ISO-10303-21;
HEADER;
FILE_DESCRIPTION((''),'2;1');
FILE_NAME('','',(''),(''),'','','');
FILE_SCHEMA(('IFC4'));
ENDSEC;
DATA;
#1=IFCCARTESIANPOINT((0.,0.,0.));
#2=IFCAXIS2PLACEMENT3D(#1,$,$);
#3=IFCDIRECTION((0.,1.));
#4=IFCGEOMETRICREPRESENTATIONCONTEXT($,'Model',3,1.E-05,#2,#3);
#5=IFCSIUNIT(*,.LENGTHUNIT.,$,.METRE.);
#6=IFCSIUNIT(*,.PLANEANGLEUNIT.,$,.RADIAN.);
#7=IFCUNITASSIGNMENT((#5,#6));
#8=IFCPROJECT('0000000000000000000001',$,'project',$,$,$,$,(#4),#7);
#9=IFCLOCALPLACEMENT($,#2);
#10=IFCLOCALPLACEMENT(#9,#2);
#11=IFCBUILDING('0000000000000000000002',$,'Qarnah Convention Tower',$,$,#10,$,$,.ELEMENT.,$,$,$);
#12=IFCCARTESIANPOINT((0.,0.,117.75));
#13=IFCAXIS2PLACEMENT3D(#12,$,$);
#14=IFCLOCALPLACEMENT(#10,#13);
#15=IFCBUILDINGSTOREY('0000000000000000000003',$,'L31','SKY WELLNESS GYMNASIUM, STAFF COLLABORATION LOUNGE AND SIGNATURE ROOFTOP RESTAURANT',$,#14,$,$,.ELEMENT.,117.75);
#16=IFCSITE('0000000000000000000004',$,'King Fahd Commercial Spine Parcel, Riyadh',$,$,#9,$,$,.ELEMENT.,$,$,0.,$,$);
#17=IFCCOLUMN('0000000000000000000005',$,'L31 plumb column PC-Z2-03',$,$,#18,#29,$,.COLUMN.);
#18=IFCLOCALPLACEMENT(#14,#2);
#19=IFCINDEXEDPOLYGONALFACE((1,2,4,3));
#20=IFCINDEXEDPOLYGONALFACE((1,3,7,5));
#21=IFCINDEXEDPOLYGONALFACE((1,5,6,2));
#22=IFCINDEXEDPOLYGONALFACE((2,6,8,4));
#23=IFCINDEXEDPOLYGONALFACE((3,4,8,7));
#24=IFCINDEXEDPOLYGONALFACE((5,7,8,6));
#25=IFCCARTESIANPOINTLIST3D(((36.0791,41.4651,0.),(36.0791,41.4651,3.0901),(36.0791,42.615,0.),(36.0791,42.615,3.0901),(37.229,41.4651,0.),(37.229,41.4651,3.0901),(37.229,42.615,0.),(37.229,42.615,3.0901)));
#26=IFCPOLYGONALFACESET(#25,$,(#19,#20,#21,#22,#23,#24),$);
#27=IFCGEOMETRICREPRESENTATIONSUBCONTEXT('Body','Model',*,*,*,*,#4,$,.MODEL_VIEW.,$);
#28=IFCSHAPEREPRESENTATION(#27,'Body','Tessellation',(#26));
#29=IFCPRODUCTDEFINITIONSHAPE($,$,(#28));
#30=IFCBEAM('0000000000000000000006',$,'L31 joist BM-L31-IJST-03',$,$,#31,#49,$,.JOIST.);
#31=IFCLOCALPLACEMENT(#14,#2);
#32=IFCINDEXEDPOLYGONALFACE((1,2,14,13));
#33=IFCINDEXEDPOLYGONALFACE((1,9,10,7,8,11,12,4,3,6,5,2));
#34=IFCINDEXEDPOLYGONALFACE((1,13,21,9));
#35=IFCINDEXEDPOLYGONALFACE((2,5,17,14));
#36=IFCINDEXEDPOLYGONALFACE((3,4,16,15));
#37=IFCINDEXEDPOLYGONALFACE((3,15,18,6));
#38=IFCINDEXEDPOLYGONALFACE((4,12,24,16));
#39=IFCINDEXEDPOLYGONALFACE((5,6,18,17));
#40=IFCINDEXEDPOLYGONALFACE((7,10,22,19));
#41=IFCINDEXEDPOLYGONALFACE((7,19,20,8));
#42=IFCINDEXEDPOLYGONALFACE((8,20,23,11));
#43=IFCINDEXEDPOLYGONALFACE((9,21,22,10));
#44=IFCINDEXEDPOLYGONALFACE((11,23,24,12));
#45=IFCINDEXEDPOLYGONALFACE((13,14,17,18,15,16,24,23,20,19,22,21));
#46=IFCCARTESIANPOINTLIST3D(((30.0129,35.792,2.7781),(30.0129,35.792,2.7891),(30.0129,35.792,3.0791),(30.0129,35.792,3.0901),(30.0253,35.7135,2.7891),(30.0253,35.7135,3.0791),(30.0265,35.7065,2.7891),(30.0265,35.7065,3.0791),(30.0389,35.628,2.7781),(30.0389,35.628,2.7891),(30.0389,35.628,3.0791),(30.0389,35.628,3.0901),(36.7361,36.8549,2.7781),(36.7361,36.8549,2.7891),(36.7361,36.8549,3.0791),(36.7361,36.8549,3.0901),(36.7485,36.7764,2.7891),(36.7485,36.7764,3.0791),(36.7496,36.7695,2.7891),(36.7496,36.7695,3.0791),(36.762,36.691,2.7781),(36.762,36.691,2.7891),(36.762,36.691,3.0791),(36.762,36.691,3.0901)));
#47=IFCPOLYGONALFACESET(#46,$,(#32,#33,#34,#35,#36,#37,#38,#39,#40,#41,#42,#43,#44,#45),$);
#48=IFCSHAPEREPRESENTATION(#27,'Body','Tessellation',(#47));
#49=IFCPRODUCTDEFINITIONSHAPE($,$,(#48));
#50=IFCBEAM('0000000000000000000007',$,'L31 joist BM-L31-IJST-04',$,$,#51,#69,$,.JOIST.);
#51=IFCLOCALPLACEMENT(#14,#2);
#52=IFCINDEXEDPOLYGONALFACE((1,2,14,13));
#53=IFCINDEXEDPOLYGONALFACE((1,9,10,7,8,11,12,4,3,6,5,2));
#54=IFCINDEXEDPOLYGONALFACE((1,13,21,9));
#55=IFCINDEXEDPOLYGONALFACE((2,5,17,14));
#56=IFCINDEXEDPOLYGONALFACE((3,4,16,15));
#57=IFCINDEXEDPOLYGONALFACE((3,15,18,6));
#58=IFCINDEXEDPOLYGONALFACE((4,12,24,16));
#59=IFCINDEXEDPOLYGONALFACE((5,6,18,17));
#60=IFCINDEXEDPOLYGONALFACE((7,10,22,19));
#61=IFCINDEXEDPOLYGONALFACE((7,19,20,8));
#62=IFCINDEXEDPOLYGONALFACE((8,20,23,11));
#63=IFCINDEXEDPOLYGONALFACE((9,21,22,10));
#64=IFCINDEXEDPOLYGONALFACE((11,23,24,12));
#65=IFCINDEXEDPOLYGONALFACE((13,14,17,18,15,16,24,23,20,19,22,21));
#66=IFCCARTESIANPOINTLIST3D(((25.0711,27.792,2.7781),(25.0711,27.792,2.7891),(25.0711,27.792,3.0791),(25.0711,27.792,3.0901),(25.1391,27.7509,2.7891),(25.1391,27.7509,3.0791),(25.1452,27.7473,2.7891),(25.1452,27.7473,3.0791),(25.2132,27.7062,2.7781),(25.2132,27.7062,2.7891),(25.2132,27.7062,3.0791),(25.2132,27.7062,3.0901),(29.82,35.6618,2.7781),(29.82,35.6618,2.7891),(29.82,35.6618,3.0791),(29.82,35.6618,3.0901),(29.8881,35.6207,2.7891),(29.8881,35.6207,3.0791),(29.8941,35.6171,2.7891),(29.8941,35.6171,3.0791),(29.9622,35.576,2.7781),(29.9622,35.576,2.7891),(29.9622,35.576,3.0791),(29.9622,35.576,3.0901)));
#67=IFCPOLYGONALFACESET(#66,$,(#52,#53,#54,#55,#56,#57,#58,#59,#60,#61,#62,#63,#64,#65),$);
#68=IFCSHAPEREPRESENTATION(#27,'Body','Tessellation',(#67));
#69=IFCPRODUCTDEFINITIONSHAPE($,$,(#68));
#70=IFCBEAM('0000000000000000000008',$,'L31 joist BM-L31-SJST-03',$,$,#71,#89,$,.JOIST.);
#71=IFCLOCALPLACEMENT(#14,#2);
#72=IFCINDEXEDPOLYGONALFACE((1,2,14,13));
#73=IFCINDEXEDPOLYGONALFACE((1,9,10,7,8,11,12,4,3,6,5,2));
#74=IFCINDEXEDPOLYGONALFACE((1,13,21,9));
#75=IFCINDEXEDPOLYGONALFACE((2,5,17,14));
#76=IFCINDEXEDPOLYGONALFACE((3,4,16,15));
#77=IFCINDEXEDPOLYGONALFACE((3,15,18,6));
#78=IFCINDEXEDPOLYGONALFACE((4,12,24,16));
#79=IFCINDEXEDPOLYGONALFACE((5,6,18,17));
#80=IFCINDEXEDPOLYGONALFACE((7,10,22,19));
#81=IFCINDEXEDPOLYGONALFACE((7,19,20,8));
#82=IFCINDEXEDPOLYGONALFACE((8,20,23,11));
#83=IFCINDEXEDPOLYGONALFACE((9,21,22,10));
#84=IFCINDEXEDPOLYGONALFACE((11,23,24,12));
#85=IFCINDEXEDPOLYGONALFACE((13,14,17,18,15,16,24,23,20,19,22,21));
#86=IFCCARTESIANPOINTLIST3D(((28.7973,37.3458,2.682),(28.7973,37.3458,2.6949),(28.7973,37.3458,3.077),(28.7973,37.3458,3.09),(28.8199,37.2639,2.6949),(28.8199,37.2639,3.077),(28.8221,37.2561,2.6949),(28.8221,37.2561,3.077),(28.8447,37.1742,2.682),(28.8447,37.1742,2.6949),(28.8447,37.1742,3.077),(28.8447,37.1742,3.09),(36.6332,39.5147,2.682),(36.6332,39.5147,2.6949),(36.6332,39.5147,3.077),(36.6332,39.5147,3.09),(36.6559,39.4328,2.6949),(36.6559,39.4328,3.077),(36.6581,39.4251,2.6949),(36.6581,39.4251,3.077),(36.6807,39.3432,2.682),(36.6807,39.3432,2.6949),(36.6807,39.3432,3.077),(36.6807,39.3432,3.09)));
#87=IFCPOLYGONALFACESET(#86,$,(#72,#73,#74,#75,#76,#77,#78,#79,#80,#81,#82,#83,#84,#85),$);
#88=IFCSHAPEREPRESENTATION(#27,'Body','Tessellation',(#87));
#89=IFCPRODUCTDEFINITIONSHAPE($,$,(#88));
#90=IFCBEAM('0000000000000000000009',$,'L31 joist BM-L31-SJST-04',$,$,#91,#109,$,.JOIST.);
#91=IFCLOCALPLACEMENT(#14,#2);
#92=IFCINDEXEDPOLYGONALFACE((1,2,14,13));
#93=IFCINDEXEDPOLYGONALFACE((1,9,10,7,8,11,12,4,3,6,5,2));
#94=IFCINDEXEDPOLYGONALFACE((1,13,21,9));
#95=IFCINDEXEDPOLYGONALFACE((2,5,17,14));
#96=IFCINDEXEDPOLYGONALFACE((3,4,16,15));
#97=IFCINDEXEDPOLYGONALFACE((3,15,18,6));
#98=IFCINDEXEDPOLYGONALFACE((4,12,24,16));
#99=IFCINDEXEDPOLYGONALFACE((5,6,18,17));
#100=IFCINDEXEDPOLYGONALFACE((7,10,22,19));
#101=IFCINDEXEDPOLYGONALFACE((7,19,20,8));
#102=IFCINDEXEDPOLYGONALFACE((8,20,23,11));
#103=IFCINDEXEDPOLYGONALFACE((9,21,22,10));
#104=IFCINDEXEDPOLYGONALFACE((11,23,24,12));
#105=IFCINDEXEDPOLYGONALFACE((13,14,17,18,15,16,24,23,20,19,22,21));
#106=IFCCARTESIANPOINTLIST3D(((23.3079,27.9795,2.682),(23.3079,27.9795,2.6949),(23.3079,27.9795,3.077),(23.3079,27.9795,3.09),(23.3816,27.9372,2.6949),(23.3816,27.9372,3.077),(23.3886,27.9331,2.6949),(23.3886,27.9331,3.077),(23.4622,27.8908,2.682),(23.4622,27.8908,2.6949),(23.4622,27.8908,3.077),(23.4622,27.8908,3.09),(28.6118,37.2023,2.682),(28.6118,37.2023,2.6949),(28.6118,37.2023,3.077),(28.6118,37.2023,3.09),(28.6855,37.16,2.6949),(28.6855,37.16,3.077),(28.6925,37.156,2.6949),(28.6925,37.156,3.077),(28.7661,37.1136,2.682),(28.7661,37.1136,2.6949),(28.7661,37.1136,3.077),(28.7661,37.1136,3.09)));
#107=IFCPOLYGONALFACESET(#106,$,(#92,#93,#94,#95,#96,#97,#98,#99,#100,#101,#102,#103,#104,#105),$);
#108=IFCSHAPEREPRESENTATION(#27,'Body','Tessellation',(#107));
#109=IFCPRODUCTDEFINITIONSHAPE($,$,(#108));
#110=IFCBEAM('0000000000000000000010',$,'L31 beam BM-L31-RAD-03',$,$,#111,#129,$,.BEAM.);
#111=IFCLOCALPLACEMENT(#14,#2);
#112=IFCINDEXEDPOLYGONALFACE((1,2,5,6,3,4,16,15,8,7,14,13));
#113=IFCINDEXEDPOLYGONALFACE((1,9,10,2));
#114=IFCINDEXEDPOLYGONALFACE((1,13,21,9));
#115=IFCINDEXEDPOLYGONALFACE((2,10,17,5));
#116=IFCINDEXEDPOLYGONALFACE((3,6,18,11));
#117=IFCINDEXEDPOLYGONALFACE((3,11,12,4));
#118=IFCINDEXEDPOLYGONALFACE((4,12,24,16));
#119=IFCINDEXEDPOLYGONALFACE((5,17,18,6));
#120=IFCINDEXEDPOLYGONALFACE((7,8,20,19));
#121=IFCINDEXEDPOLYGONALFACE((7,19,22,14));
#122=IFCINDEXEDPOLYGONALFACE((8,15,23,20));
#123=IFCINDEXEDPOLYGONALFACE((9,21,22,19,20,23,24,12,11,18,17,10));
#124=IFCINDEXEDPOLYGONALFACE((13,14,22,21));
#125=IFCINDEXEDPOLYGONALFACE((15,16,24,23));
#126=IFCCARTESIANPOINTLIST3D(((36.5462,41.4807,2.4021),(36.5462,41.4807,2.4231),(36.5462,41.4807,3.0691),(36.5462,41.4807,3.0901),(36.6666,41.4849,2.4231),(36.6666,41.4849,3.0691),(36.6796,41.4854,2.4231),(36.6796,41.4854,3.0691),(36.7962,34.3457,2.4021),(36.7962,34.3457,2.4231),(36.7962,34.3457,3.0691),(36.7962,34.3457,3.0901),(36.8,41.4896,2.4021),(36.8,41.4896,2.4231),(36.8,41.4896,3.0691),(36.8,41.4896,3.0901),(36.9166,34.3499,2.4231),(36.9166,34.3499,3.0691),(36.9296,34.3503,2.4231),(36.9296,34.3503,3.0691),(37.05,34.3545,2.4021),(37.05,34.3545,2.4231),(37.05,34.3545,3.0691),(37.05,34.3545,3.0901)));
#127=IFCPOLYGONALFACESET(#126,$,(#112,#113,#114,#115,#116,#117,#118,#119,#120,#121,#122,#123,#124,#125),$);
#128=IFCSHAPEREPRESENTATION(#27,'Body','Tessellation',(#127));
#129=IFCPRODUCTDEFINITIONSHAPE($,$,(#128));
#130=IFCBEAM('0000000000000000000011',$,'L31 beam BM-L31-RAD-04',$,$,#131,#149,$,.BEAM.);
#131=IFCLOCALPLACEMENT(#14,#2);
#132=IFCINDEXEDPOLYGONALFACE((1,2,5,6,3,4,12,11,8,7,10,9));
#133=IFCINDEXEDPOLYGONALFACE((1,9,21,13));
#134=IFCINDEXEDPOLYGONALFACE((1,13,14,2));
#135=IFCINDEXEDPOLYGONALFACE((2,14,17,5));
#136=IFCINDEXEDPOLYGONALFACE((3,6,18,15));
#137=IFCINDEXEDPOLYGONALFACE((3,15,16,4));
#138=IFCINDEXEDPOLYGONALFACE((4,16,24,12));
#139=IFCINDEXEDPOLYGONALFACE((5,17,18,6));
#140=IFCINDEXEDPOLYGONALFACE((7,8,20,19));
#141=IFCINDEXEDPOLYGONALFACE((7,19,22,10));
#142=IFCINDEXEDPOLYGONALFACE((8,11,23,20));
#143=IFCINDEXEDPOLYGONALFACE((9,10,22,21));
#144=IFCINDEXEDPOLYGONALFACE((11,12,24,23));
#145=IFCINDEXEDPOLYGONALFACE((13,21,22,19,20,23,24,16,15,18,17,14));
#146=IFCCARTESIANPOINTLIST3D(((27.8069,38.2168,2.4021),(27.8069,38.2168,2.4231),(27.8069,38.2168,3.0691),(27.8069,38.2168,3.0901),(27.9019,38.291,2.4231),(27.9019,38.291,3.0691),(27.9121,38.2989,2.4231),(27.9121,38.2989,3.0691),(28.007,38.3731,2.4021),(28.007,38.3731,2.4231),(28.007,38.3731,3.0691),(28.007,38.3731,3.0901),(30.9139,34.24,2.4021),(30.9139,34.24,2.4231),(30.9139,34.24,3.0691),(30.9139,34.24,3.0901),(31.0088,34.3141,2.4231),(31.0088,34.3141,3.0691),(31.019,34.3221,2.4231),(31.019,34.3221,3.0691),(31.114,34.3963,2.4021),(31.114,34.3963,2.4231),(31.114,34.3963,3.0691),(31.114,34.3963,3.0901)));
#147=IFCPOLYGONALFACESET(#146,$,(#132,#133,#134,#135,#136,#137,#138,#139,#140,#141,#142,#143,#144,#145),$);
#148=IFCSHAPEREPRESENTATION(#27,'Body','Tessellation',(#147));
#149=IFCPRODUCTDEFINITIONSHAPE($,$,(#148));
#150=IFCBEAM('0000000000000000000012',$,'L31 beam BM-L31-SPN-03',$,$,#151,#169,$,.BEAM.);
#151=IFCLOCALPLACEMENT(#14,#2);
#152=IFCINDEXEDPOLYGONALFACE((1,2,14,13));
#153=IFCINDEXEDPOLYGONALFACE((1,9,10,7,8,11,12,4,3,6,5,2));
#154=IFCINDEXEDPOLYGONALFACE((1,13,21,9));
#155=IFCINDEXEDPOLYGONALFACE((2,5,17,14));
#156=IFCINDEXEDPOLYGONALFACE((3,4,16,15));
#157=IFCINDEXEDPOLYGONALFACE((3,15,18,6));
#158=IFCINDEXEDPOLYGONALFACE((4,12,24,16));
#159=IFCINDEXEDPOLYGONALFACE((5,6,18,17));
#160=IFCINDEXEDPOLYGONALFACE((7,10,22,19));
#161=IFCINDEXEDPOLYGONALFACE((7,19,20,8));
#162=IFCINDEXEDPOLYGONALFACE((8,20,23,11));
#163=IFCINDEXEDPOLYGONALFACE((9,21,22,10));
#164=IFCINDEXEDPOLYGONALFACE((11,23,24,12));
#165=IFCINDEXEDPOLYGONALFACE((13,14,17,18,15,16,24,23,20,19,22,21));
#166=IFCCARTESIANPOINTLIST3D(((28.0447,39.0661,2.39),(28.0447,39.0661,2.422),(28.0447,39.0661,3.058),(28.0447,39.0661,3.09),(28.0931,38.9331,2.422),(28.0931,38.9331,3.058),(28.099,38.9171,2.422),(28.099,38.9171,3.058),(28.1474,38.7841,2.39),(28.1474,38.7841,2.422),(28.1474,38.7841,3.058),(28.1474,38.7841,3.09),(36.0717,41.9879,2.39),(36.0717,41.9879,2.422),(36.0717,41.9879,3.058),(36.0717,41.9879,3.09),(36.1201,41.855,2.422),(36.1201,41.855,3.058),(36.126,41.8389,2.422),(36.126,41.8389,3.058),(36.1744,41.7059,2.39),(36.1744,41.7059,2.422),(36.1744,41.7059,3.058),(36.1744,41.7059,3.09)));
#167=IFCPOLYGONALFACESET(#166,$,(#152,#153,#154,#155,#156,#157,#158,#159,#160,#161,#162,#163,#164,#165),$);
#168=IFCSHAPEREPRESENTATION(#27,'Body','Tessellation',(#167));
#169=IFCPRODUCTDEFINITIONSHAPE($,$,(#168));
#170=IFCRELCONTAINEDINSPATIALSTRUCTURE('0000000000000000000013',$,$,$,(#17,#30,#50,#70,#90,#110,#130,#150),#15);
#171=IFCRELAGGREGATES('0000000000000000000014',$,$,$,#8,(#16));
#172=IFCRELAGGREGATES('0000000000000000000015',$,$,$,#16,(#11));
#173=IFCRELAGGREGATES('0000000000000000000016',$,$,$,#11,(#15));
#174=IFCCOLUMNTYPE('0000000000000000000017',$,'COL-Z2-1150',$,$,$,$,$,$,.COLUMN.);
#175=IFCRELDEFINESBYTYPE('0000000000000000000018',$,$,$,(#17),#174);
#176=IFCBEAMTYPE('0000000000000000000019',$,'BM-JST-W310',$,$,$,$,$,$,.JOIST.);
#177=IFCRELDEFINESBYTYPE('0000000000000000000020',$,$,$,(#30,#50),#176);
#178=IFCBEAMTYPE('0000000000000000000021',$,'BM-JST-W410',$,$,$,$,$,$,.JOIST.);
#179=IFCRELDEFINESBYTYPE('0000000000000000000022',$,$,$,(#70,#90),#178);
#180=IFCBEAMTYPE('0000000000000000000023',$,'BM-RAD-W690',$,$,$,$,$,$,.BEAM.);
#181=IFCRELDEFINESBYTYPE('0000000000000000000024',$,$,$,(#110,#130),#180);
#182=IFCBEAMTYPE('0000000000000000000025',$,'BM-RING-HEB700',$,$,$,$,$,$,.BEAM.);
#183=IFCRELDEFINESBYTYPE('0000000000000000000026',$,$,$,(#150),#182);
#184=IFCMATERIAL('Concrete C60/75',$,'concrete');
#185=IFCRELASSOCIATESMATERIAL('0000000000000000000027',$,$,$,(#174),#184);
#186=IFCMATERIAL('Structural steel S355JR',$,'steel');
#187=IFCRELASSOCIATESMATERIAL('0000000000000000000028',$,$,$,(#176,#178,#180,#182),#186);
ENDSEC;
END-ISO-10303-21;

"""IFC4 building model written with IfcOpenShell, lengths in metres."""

from ifc_helpers import new_model, si_unit, direction, frame, origin, origin_2d, place, context, subcontext, project, spatial, rectangle, i_section, extrude, material, material_profile, profile_set, type_object, element, save


model = new_model("IFC4")

# Units and contexts
model_context = context("Model", 3, precision=1e-05, world=origin(), true_north=direction((0.0, 1.0)))
body_context = subcontext(model_context, "Body", "Model", "MODEL_VIEW")
ifc_project = project(units=[si_unit("LENGTHUNIT", "METRE"), si_unit("PLANEANGLEUNIT", "RADIAN")], contexts=[model_context])

# Site, building, storey
site_placement = place(None, origin())
site = spatial("IfcSite", under=ifc_project, at=site_placement, Name="King Fahd Commercial Spine Parcel, Riyadh", CompositionType="ELEMENT", RefElevation=0.0)
building_placement = place(site_placement, origin())
building = spatial("IfcBuilding", under=site, at=building_placement, Name="Qarnah Convention Tower", CompositionType="ELEMENT")
storey_placement = place(building_placement, frame((0.0, 0.0, 117.75)))
storey = spatial("IfcBuildingStorey", under=building, at=storey_placement, Name="L31", Description="SKY WELLNESS GYMNASIUM, STAFF COLLABORATION LOUNGE AND SIGNATURE ROOFTOP RESTAURANT", CompositionType="ELEMENT", Elevation=117.75)

# Column
ifc_material_1 = material(Name="Concrete C60/75", Category="concrete")
ifc_material_profile_1 = material_profile(ifc_material_1, rectangle(XDim=1.1499, YDim=1.1499, at=origin_2d()), Name="RC-COL-1150X1150")
ifc_profile_set_1 = profile_set([ifc_material_profile_1], Name="Concrete C60/75")
column_type = type_object("IfcColumnType", Name="COL-Z2-1150", PredefinedType="COLUMN", material=ifc_profile_set_1)
column_placement = place(storey_placement, frame((36.6541, 42.04, 0.0), z_axis=(0.0, 0.0, 1.0), x_axis=(1.0, 0.0, 0.0)))
element("IfcColumn", 1, at=column_placement, inside=storey, type_object=column_type, Name="L31 plumb column PC-Z2-03", PredefinedType="COLUMN", context=body_context, shape_type="SweptSolid", body=[
    extrude(rectangle(XDim=1.1499, YDim=1.1499, at=origin_2d()), origin(), (0.0, 0.0, 1.0), 3.0901),
])

# Beams
ifc_material_2 = material(Name="Structural steel S355JR", Category="steel")
ifc_material_profile_2 = material_profile(ifc_material_2, i_section(OverallWidth=0.166, OverallDepth=0.312, WebThickness=0.0071, FlangeThickness=0.011, at=origin_2d()), Name="W310X45")
ifc_profile_set_2 = profile_set([ifc_material_profile_2], Name="Structural steel S355JR")
beam_type_1 = type_object("IfcBeamType", Name="BM-JST-W310", PredefinedType="JOIST", material=ifc_profile_set_2)
beam_1_placement = place(storey_placement, frame((36.749, 36.7729, 2.9341), z_axis=(-0.98773, -0.156169, 0.0), x_axis=(0.156169, -0.98773, 0.0)))
element("IfcBeam", 2, at=beam_1_placement, inside=storey, type_object=beam_type_1, Name="L31 joist BM-L31-IJST-03", PredefinedType="JOIST", context=body_context, shape_type="SweptSolid", body=[
    extrude(i_section(OverallWidth=0.166, OverallDepth=0.312, WebThickness=0.0071, FlangeThickness=0.011, at=origin_2d()), origin(), (0.0, 0.0, 1.0), 6.8066),
])
beam_2_placement = place(storey_placement, frame((29.8911, 35.6189, 2.9341), z_axis=(-0.516662, -0.856189, 0.0), x_axis=(0.856189, -0.516662, 0.0)))
element("IfcBeam", 3, at=beam_2_placement, inside=storey, type_object=beam_type_1, Name="L31 joist BM-L31-IJST-04", PredefinedType="JOIST", context=body_context, shape_type="SweptSolid", body=[
    extrude(i_section(OverallWidth=0.166, OverallDepth=0.312, WebThickness=0.0071, FlangeThickness=0.011, at=origin_2d()), origin(), (0.0, 0.0, 1.0), 9.1917),
])
ifc_material_profile_3 = material_profile(ifc_material_2, i_section(OverallWidth=0.178, OverallDepth=0.408, WebThickness=0.0081, FlangeThickness=0.0129, at=origin_2d()), Name="W410X60")
ifc_profile_set_3 = profile_set([ifc_material_profile_3], Name="Structural steel S355JR")
beam_type_2 = type_object("IfcBeamType", Name="BM-JST-W410", PredefinedType="JOIST", material=ifc_profile_set_3)
beam_3_placement = place(storey_placement, frame((36.657, 39.429, 2.886), z_axis=(-0.963762, -0.266764, 0.0), x_axis=(0.266764, -0.963762, 0.0)))
element("IfcBeam", 4, at=beam_3_placement, inside=storey, type_object=beam_type_2, Name="L31 joist BM-L31-SJST-03", PredefinedType="JOIST", context=body_context, shape_type="SweptSolid", body=[
    extrude(i_section(OverallWidth=0.178, OverallDepth=0.408, WebThickness=0.0081, FlangeThickness=0.0129, at=origin_2d()), origin(), (0.0, 0.0, 1.0), 8.1306),
])
beam_4_placement = place(storey_placement, frame((28.689, 37.158, 2.886), z_axis=(-0.498527, -0.866874, 0.0), x_axis=(0.866874, -0.498527, 0.0)))
element("IfcBeam", 5, at=beam_4_placement, inside=storey, type_object=beam_type_2, Name="L31 joist BM-L31-SJST-04", PredefinedType="JOIST", context=body_context, shape_type="SweptSolid", body=[
    extrude(i_section(OverallWidth=0.178, OverallDepth=0.408, WebThickness=0.0081, FlangeThickness=0.0129, at=origin_2d()), origin(), (0.0, 0.0, 1.0), 10.6392),
])
ifc_material_profile_4 = material_profile(ifc_material_2, i_section(OverallWidth=0.2539, OverallDepth=0.688, WebThickness=0.0129, FlangeThickness=0.021, at=origin_2d()), Name="W690X152")
ifc_profile_set_4 = profile_set([ifc_material_profile_4], Name="Structural steel S355JR")
beam_type_3 = type_object("IfcBeamType", Name="BM-RAD-W690", PredefinedType="BEAM", material=ifc_profile_set_4)
beam_5_placement = place(storey_placement, frame((36.9231, 34.3501, 2.7461), z_axis=(-0.035017, 0.999387, 0.0), x_axis=(-0.999387, -0.035017, 0.0)))
element("IfcBeam", 6, at=beam_5_placement, inside=storey, type_object=beam_type_3, Name="L31 beam BM-L31-RAD-03", PredefinedType="BEAM", context=body_context, shape_type="SweptSolid", body=[
    extrude(i_section(OverallWidth=0.2539, OverallDepth=0.688, WebThickness=0.0129, FlangeThickness=0.021, at=origin_2d()), origin(), (0.0, 0.0, 1.0), 7.1394),
])
beam_6_placement = place(storey_placement, frame((31.0139, 34.3181, 2.7461), z_axis=(-0.615651, 0.788019, 0.0), x_axis=(-0.788019, -0.615651, 0.0)))
element("IfcBeam", 7, at=beam_6_placement, inside=storey, type_object=beam_type_3, Name="L31 beam BM-L31-RAD-04", PredefinedType="BEAM", context=body_context, shape_type="SweptSolid", body=[
    extrude(i_section(OverallWidth=0.2539, OverallDepth=0.688, WebThickness=0.0129, FlangeThickness=0.021, at=origin_2d()), origin(), (0.0, 0.0, 1.0), 5.0466),
])
ifc_material_profile_5 = material_profile(ifc_material_2, i_section(OverallWidth=0.3, OverallDepth=0.7, WebThickness=0.0171, FlangeThickness=0.032, at=origin_2d()), Name="HEB700")
ifc_profile_set_5 = profile_set([ifc_material_profile_5], Name="Structural steel S355JR")
beam_type_4 = type_object("IfcBeamType", Name="BM-RING-HEB700", PredefinedType="BEAM", material=ifc_profile_set_5)
beam_7_placement = place(storey_placement, frame((36.123, 41.8469, 2.74), z_axis=(-0.939683, -0.342046, 0.0), x_axis=(0.342046, -0.939683, 0.0)))
element("IfcBeam", 8, at=beam_7_placement, inside=storey, type_object=beam_type_4, Name="L31 beam BM-L31-SPN-03", PredefinedType="BEAM", context=body_context, shape_type="SweptSolid", body=[
    extrude(i_section(OverallWidth=0.3, OverallDepth=0.7, WebThickness=0.0171, FlangeThickness=0.032, at=origin_2d()), origin(), (0.0, 0.0, 1.0), 8.5422),
])

save(model, "model.ifc")
